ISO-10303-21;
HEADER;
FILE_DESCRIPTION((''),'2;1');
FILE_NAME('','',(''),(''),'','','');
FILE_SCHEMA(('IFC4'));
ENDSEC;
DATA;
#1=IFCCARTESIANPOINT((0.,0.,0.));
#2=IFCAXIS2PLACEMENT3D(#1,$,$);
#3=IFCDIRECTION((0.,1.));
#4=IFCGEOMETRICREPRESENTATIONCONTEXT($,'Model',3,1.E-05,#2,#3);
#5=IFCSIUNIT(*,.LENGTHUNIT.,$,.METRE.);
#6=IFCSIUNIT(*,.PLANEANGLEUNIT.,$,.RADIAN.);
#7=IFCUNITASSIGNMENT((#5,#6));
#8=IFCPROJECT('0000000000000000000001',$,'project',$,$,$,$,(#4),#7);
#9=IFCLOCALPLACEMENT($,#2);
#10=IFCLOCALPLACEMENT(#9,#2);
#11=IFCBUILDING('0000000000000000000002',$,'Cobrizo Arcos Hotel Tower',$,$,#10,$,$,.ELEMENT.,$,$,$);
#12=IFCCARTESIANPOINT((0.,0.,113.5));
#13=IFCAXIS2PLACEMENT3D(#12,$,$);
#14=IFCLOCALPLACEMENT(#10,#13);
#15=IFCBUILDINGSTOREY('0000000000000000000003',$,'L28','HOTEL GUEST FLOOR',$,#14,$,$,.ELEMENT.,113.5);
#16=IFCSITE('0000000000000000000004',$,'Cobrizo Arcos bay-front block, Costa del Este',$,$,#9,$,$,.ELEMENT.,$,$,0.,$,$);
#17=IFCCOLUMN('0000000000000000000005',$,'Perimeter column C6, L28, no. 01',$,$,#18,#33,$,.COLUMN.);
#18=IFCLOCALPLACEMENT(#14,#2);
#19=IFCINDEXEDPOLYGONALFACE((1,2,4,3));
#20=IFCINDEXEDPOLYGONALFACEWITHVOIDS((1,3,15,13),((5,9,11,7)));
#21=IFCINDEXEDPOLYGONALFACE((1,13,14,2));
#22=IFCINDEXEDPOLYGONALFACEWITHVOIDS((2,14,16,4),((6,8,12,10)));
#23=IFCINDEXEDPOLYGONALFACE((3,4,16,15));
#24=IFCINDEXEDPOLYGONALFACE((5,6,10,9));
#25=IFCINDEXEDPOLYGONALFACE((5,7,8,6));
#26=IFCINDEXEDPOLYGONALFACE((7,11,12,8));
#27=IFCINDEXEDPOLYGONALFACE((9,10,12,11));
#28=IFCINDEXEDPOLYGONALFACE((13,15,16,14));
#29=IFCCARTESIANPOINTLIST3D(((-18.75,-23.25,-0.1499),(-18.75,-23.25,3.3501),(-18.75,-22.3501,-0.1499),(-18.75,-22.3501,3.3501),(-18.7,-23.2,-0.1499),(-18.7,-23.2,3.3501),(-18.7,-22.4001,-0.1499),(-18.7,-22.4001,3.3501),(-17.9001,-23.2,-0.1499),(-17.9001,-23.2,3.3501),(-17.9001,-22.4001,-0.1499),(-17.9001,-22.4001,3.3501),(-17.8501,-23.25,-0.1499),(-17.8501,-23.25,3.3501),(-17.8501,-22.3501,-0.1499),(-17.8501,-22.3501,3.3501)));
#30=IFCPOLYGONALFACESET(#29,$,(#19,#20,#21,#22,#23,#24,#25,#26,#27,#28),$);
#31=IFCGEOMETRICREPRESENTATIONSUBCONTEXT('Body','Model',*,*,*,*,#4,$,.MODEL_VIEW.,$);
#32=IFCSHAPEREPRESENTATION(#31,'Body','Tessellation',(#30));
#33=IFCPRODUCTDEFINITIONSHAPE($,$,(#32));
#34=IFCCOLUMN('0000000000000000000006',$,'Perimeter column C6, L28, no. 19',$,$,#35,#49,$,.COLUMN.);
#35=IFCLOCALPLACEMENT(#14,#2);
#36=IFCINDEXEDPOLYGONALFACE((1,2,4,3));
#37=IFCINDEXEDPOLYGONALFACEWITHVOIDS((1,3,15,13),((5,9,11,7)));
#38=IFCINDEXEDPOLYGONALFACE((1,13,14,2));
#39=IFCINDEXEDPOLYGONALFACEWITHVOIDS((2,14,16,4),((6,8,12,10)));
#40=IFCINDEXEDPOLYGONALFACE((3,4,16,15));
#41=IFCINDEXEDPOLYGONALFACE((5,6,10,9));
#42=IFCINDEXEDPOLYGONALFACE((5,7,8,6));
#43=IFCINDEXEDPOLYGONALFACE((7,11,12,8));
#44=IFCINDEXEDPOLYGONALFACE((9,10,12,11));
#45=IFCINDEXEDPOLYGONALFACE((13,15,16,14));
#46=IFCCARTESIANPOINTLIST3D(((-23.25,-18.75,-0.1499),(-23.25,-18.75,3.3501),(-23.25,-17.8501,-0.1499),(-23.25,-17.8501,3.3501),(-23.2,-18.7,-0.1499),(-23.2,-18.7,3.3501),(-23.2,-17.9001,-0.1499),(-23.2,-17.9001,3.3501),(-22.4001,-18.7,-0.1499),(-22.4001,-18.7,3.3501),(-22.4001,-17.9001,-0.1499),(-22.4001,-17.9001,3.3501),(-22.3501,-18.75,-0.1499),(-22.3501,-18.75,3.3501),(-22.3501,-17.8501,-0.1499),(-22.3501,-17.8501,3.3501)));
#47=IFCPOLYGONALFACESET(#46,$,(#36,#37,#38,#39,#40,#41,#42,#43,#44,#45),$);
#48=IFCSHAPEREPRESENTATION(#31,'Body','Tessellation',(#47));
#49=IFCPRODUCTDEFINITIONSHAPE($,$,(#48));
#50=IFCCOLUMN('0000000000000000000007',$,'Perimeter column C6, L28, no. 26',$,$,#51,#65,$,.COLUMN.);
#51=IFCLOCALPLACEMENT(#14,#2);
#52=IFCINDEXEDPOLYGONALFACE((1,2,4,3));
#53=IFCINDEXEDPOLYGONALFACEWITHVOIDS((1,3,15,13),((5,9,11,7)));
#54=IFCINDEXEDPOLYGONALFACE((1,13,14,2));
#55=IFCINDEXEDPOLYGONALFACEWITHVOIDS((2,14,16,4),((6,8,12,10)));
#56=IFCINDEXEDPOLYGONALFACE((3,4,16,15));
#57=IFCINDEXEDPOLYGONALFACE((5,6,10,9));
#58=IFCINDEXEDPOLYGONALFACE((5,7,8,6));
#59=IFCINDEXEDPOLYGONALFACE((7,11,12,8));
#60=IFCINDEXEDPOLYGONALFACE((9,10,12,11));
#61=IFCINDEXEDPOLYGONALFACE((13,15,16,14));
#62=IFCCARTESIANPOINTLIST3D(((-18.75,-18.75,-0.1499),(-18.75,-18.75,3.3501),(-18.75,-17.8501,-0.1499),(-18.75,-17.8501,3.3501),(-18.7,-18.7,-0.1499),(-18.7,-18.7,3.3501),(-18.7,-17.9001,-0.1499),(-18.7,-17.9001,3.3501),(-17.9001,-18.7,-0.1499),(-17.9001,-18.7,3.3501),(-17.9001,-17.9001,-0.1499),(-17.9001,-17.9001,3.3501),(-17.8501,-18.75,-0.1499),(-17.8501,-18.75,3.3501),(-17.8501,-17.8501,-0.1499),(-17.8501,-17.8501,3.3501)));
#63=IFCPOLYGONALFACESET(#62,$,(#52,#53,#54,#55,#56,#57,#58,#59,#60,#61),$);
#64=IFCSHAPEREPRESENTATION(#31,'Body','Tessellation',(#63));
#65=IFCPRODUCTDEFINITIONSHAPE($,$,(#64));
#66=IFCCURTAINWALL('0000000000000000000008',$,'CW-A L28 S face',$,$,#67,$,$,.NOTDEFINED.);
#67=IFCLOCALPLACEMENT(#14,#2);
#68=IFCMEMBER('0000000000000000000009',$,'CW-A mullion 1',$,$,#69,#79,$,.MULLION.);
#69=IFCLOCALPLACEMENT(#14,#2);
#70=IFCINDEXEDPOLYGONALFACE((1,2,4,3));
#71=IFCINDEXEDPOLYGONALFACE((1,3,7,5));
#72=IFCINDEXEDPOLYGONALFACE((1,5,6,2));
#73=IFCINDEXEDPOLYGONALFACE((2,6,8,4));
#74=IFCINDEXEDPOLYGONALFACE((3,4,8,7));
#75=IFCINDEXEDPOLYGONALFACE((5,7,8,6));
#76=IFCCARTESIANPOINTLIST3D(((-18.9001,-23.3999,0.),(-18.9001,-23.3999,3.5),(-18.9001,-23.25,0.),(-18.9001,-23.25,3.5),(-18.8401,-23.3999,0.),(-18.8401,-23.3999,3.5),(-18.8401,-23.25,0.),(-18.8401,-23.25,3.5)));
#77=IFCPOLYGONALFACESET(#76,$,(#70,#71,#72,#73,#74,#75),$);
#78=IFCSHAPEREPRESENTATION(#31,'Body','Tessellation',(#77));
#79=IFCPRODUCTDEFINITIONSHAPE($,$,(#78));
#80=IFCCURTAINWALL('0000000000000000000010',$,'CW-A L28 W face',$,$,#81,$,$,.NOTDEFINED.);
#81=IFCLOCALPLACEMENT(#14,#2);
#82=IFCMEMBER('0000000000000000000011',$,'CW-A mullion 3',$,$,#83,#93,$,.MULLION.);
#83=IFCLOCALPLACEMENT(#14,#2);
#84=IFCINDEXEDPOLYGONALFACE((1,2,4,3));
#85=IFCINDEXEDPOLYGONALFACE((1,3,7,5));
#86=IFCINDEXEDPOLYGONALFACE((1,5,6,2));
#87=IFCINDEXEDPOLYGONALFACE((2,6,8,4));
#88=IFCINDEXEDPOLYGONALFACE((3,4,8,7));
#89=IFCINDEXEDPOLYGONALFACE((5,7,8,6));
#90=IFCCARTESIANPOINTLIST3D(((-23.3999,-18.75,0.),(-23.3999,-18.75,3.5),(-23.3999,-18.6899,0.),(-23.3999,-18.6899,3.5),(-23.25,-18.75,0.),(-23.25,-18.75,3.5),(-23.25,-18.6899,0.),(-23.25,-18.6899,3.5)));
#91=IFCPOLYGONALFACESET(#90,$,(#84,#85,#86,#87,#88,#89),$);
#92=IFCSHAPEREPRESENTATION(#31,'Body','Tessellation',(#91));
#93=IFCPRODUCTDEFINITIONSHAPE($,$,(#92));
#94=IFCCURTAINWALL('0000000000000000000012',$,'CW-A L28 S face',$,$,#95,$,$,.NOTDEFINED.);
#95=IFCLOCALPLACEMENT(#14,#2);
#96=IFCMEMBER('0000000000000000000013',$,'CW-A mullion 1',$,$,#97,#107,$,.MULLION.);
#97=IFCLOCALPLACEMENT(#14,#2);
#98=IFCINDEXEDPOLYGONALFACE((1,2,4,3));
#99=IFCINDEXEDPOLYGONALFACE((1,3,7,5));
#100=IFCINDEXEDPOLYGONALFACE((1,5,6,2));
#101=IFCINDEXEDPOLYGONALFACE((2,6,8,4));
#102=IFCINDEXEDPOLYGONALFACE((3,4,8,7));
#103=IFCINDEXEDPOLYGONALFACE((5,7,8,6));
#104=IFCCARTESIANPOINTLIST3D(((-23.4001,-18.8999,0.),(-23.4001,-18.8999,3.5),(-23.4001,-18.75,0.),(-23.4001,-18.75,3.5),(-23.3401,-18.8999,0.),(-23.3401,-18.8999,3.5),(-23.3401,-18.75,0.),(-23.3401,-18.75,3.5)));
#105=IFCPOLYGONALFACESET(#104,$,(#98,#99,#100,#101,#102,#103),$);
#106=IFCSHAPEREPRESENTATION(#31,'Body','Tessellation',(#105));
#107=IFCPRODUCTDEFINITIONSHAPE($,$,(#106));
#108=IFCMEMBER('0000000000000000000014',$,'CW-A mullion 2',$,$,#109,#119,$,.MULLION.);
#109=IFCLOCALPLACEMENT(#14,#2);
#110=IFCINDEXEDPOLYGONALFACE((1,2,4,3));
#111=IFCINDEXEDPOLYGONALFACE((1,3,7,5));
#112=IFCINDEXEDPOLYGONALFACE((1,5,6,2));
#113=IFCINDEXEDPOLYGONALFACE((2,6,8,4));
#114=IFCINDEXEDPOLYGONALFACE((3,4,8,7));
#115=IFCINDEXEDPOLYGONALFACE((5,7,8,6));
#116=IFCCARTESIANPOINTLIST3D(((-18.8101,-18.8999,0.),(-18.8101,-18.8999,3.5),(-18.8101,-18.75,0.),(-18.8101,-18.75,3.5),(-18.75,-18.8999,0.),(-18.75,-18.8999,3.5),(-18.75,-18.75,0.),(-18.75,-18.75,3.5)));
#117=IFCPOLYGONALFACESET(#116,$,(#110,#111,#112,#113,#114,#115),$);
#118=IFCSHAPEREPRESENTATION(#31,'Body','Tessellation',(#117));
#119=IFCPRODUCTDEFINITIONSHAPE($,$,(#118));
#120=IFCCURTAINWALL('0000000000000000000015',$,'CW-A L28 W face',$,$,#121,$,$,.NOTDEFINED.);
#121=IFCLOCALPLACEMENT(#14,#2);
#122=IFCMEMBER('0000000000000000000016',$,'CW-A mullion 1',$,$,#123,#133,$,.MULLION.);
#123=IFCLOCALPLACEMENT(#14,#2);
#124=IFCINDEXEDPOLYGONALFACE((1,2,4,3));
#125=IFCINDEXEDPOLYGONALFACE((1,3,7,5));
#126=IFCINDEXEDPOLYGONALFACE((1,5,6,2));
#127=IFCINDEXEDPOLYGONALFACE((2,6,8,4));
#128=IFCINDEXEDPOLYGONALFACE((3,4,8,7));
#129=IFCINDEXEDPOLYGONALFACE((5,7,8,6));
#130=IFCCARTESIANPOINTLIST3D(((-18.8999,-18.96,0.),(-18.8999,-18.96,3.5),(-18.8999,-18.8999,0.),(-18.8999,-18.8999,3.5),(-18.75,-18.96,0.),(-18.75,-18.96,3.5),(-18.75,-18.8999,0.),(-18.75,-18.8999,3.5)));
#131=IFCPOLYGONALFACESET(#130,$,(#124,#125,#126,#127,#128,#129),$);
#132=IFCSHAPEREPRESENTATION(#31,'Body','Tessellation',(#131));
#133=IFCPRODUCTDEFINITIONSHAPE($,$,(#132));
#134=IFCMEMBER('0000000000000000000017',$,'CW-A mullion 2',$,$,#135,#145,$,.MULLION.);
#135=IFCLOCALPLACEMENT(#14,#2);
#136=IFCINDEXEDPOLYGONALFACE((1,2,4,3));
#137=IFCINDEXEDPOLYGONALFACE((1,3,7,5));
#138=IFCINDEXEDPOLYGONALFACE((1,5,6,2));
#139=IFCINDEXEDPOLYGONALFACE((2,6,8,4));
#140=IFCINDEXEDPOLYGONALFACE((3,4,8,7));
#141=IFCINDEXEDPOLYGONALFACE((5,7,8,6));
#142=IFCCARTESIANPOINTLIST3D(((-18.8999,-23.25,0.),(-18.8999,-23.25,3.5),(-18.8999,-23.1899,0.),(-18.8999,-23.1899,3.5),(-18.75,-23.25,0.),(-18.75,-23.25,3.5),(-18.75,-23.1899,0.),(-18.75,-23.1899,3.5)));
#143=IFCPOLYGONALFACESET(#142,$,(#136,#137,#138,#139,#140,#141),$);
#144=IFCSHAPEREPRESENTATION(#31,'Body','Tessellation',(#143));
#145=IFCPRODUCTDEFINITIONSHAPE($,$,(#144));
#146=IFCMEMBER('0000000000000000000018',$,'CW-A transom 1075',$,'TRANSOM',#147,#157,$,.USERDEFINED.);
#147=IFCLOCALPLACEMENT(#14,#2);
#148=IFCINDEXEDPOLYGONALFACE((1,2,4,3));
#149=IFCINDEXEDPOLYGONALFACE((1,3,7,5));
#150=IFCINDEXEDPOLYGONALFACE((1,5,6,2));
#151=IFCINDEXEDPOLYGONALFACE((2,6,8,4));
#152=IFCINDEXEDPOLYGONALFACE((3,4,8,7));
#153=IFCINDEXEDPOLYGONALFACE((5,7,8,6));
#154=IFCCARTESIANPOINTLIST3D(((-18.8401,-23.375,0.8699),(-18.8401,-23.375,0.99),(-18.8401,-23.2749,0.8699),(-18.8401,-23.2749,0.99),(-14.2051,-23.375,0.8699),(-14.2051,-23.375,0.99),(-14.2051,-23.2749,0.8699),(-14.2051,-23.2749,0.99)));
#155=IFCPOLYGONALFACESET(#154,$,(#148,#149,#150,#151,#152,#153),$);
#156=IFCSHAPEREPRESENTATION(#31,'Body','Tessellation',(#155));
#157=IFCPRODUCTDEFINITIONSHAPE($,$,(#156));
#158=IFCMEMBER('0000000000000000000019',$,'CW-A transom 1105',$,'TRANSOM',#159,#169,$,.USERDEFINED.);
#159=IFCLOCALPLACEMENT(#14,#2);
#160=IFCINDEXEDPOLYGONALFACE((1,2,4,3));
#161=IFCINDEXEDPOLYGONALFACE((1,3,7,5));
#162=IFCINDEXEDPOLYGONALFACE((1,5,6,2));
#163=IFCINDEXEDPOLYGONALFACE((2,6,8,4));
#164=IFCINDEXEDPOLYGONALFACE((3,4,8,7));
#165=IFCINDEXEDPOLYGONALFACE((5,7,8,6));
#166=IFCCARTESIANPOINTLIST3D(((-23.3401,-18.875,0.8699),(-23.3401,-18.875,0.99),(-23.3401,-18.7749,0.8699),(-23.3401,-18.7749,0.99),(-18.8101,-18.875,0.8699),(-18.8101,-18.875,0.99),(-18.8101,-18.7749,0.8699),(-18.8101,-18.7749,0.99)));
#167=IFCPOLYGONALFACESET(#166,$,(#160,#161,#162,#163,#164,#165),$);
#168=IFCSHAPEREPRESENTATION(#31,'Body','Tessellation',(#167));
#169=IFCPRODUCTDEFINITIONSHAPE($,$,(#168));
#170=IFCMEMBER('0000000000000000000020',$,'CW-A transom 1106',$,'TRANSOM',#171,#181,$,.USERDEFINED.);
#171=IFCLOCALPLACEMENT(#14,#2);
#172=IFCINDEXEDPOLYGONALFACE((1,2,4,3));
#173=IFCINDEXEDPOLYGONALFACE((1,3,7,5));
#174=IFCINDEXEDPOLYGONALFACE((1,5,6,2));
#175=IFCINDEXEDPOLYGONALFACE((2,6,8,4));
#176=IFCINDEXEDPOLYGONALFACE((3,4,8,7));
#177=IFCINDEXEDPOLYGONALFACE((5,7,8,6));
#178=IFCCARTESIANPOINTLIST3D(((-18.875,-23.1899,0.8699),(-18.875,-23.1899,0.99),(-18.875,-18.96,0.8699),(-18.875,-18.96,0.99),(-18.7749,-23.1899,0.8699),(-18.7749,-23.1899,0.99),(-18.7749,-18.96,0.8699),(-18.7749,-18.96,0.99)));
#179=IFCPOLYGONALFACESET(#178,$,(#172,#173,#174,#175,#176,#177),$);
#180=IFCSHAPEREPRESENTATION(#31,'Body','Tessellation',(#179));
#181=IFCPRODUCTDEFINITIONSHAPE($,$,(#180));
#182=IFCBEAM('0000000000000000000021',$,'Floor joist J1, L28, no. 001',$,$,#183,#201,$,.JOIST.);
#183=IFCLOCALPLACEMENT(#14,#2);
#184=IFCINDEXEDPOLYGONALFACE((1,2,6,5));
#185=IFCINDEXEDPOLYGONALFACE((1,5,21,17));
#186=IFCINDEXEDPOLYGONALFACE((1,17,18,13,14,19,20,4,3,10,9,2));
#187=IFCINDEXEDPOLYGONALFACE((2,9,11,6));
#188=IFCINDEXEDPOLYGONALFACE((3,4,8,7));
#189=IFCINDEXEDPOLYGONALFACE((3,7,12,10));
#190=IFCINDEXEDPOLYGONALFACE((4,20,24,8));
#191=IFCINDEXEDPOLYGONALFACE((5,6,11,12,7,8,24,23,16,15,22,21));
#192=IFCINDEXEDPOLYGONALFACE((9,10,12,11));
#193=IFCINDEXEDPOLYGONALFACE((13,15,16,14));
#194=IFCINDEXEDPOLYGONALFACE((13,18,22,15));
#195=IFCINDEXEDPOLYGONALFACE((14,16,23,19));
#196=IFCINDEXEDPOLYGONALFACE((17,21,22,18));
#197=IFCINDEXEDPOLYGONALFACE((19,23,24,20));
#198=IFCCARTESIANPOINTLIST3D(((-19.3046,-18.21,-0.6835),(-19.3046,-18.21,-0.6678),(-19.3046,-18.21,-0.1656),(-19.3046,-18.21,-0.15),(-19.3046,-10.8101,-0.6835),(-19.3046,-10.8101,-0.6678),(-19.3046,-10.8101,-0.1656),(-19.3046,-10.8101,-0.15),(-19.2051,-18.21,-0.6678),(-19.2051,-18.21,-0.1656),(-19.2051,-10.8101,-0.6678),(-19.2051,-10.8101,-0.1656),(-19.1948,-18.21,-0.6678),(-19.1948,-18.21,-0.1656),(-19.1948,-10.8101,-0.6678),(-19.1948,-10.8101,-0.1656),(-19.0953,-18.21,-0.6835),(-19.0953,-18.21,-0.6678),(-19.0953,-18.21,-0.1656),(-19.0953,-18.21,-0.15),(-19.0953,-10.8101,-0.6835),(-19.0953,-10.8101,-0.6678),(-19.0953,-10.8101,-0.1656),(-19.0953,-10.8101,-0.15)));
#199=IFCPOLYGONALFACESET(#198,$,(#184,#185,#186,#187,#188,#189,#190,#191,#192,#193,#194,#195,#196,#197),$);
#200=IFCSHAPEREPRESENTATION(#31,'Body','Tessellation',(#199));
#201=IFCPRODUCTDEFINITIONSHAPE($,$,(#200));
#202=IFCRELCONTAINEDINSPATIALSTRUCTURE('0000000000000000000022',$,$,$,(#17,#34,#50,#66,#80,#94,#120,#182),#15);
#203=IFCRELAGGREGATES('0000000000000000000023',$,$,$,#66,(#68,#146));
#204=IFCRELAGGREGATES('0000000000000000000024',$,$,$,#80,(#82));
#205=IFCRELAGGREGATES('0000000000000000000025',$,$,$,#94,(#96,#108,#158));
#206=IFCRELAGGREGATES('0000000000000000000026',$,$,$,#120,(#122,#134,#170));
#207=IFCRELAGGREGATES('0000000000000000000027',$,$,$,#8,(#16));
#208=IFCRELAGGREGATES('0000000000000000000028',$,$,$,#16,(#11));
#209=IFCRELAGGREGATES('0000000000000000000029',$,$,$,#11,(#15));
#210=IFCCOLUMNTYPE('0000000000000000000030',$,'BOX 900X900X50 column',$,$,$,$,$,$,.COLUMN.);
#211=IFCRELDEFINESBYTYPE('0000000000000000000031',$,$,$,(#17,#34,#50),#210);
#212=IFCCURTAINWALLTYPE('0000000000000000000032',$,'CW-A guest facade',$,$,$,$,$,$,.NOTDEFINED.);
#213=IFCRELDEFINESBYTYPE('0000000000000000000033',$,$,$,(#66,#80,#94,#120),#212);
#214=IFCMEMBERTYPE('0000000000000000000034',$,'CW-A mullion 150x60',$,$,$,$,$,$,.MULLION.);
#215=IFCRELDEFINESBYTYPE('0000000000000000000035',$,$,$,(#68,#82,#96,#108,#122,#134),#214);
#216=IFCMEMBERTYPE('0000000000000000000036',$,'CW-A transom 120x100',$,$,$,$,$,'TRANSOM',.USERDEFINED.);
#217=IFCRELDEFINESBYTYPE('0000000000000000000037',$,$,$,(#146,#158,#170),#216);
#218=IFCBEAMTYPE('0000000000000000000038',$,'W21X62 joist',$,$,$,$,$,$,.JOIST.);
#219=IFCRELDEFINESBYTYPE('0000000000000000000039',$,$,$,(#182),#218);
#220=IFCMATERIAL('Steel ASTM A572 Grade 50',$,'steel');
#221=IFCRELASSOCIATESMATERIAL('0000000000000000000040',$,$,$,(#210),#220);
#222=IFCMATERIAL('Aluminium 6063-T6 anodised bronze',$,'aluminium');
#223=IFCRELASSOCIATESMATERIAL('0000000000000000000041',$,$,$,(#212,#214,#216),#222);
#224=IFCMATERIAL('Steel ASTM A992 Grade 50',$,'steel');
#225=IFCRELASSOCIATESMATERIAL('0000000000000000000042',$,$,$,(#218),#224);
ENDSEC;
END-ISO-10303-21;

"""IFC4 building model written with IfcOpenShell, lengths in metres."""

from ifc_helpers import new_model, si_unit, direction, frame, origin, origin_2d, place, context, subcontext, project, spatial, rectangle, hollow_rectangle, i_section, extrude, material, material_profile, profile_set, type_object, element, aggregate, save


model = new_model("IFC4")

# Units and contexts
model_context = context("Model", 3, precision=1e-05, world=origin(), true_north=direction((0.0, 1.0)))
body_context = subcontext(model_context, "Body", "Model", "MODEL_VIEW")
ifc_project = project(units=[si_unit("LENGTHUNIT", "METRE"), si_unit("PLANEANGLEUNIT", "RADIAN")], contexts=[model_context])

# Site, building, storey
site_placement = place(None, origin())
site = spatial("IfcSite", under=ifc_project, at=site_placement, Name="Cobrizo Arcos bay-front block, Costa del Este", CompositionType="ELEMENT", RefElevation=0.0)
building_placement = place(site_placement, origin())
building = spatial("IfcBuilding", under=site, at=building_placement, Name="Cobrizo Arcos Hotel Tower", CompositionType="ELEMENT")
storey_placement = place(building_placement, frame((0.0, 0.0, 113.5)))
storey = spatial("IfcBuildingStorey", under=building, at=storey_placement, Name="L28", Description="HOTEL GUEST FLOOR", CompositionType="ELEMENT", Elevation=113.5)

# Columns
ifc_material_1 = material(Name="Steel ASTM A572 Grade 50", Category="steel")
ifc_material_profile_1 = material_profile(ifc_material_1, hollow_rectangle(XDim=0.8999, YDim=0.8999, WallThickness=0.05, at=origin_2d()), Name="BOX 900X900X50")
ifc_profile_set_1 = profile_set([ifc_material_profile_1], Name="Steel ASTM A572 Grade 50")
column_type = type_object("IfcColumnType", Name="BOX 900X900X50 column", PredefinedType="COLUMN", material=ifc_profile_set_1)
for number, where, z_axis, x_axis, name in (
    (1, (-18.3, -22.8, -0.1499), (0.0, 0.0, 1.0), (1.0, 0.0, 0.0), "Perimeter column C6, L28, no. 01"),
    (2, (-22.8, -18.3, -0.1499), (0.0, 0.0, 1.0), (1.0, 0.0, 0.0), "Perimeter column C6, L28, no. 19"),
    (3, (-18.3, -18.3, -0.1499), (0.0, 0.0, 1.0), (1.0, 0.0, 0.0), "Perimeter column C6, L28, no. 26"),
):
    element("IfcColumn", number, at=place(storey_placement, frame(where, z_axis=z_axis, x_axis=x_axis)), inside=storey, type_object=column_type, Name=name, PredefinedType="COLUMN", context=body_context, shape_type="SweptSolid", body=[
        extrude(hollow_rectangle(XDim=0.8999, YDim=0.8999, WallThickness=0.05, at=origin_2d()), origin(), (0.0, 0.0, 1.0), 3.5),
    ])

# Curtain walls, members
ifc_material_2 = material(Name="Aluminium 6063-T6 anodised bronze", Category="aluminium")
curtain_wall_type = type_object("IfcCurtainWallType", Name="CW-A guest facade", PredefinedType="NOTDEFINED", material=ifc_material_2)
curtain_wall_1_placement = place(storey_placement, origin())
curtain_wall_1 = element("IfcCurtainWall", 4, at=curtain_wall_1_placement, inside=storey, type_object=curtain_wall_type, Name="CW-A L28 S face", PredefinedType="NOTDEFINED")
ifc_material_profile_2 = material_profile(ifc_material_2, rectangle(XDim=0.1499, YDim=0.0601, at=origin_2d()), Name="CW-A mullion 150x60")
ifc_profile_set_2 = profile_set([ifc_material_profile_2], Name="Aluminium 6063-T6 anodised bronze")
member_type_1 = type_object("IfcMemberType", Name="CW-A mullion 150x60", PredefinedType="MULLION", material=ifc_profile_set_2)
member_1_placement = place(storey_placement, frame((-18.8701, -23.325, 0.0), z_axis=(0.0, 0.0, 1.0), x_axis=(0.0, -1.0, 0.0)))
member_1 = element("IfcMember", 5, at=member_1_placement, type_object=member_type_1, Name="CW-A mullion 1", PredefinedType="MULLION", context=body_context, shape_type="SweptSolid", body=[
    extrude(rectangle(XDim=0.1499, YDim=0.0601, at=origin_2d()), origin(), (0.0, 0.0, 1.0), 3.5),
])
curtain_wall_2_placement = place(storey_placement, origin())
curtain_wall_2 = element("IfcCurtainWall", 6, at=curtain_wall_2_placement, inside=storey, type_object=curtain_wall_type, Name="CW-A L28 W face", PredefinedType="NOTDEFINED")
member_2_placement = place(storey_placement, frame((-23.325, -18.72, 0.0), z_axis=(0.0, 0.0, 1.0), x_axis=(-1.0, 0.0, 0.0)))
member_2 = element("IfcMember", 7, at=member_2_placement, type_object=member_type_1, Name="CW-A mullion 3", PredefinedType="MULLION", context=body_context, shape_type="SweptSolid", body=[
    extrude(rectangle(XDim=0.1499, YDim=0.0601, at=origin_2d()), origin(), (0.0, 0.0, 1.0), 3.5),
])

# Curtain walls, members
curtain_wall_3_placement = place(storey_placement, origin())
curtain_wall_3 = element("IfcCurtainWall", 8, at=curtain_wall_3_placement, inside=storey, type_object=curtain_wall_type, Name="CW-A L28 S face", PredefinedType="NOTDEFINED")
member_3_placement = place(storey_placement, frame((-23.3701, -18.825, 0.0), z_axis=(0.0, 0.0, 1.0), x_axis=(0.0, -1.0, 0.0)))
member_3 = element("IfcMember", 9, at=member_3_placement, type_object=member_type_1, Name="CW-A mullion 1", PredefinedType="MULLION", context=body_context, shape_type="SweptSolid", body=[
    extrude(rectangle(XDim=0.1499, YDim=0.0601, at=origin_2d()), origin(), (0.0, 0.0, 1.0), 3.5),
])
member_4_placement = place(storey_placement, frame((-18.78, -18.825, 0.0), z_axis=(0.0, 0.0, 1.0), x_axis=(0.0, -1.0, 0.0)))
member_4 = element("IfcMember", 10, at=member_4_placement, type_object=member_type_1, Name="CW-A mullion 2", PredefinedType="MULLION", context=body_context, shape_type="SweptSolid", body=[
    extrude(rectangle(XDim=0.1499, YDim=0.0601, at=origin_2d()), origin(), (0.0, 0.0, 1.0), 3.5),
])
curtain_wall_4_placement = place(storey_placement, origin())
curtain_wall_4 = element("IfcCurtainWall", 11, at=curtain_wall_4_placement, inside=storey, type_object=curtain_wall_type, Name="CW-A L28 W face", PredefinedType="NOTDEFINED")
member_5_placement = place(storey_placement, frame((-18.825, -18.9299, 0.0), z_axis=(0.0, 0.0, 1.0), x_axis=(-1.0, 0.0, 0.0)))
member_5 = element("IfcMember", 12, at=member_5_placement, type_object=member_type_1, Name="CW-A mullion 1", PredefinedType="MULLION", context=body_context, shape_type="SweptSolid", body=[
    extrude(rectangle(XDim=0.1499, YDim=0.0601, at=origin_2d()), origin(), (0.0, 0.0, 1.0), 3.5),
])
member_6_placement = place(storey_placement, frame((-18.825, -23.22, 0.0), z_axis=(0.0, 0.0, 1.0), x_axis=(-1.0, 0.0, 0.0)))
member_6 = element("IfcMember", 13, at=member_6_placement, type_object=member_type_1, Name="CW-A mullion 2", PredefinedType="MULLION", context=body_context, shape_type="SweptSolid", body=[
    extrude(rectangle(XDim=0.1499, YDim=0.0601, at=origin_2d()), origin(), (0.0, 0.0, 1.0), 3.5),
])

# Members
ifc_material_profile_3 = material_profile(ifc_material_2, rectangle(XDim=0.1001, YDim=0.1201, at=origin_2d()), Name="CW-A transom 120x100")
ifc_profile_set_3 = profile_set([ifc_material_profile_3], Name="Aluminium 6063-T6 anodised bronze")
member_type_2 = type_object("IfcMemberType", Name="CW-A transom 120x100", ElementType="TRANSOM", PredefinedType="USERDEFINED", material=ifc_profile_set_3)
member_7_placement = place(storey_placement, frame((-18.8401, -23.325, 0.9299), z_axis=(1.0, 0.0, 0.0), x_axis=(0.0, 1.0, 0.0)))
member_7 = element("IfcMember", 14, at=member_7_placement, type_object=member_type_2, Name="CW-A transom 1075", ObjectType="TRANSOM", PredefinedType="USERDEFINED", context=body_context, shape_type="SweptSolid", body=[
    extrude(rectangle(XDim=0.1001, YDim=0.1201, at=origin_2d()), origin(), (0.0, 0.0, 1.0), 4.635),
])
aggregate(curtain_wall_1, [member_1, member_7])
member_8_placement = place(storey_placement, frame((-23.3401, -18.825, 0.9299), z_axis=(1.0, 0.0, 0.0), x_axis=(0.0, 1.0, 0.0)))
member_8 = element("IfcMember", 15, at=member_8_placement, type_object=member_type_2, Name="CW-A transom 1105", ObjectType="TRANSOM", PredefinedType="USERDEFINED", context=body_context, shape_type="SweptSolid", body=[
    extrude(rectangle(XDim=0.1001, YDim=0.1201, at=origin_2d()), origin(), (0.0, 0.0, 1.0), 4.53),
])
member_9_placement = place(storey_placement, frame((-18.825, -18.96, 0.9299), z_axis=(0.0, -1.0, 0.0), x_axis=(1.0, 0.0, 0.0)))
member_9 = element("IfcMember", 16, at=member_9_placement, type_object=member_type_2, Name="CW-A transom 1106", ObjectType="TRANSOM", PredefinedType="USERDEFINED", context=body_context, shape_type="SweptSolid", body=[
    extrude(rectangle(XDim=0.1001, YDim=0.1201, at=origin_2d()), origin(), (0.0, 0.0, 1.0), 4.23),
])

# Beam
ifc_material_3 = material(Name="Steel ASTM A992 Grade 50", Category="steel")
ifc_material_profile_4 = material_profile(ifc_material_3, i_section(OverallWidth=0.2092, OverallDepth=0.5334, WebThickness=0.0103, FlangeThickness=0.0156, at=origin_2d()), Name="W21X62")
ifc_profile_set_4 = profile_set([ifc_material_profile_4], Name="Steel ASTM A992 Grade 50")
beam_type_1 = type_object("IfcBeamType", Name="W21X62 joist", PredefinedType="JOIST", material=ifc_profile_set_4)
beam_placement = place(storey_placement, frame((-19.2, -18.21, -0.4167), z_axis=(0.0, 1.0, 0.0), x_axis=(-1.0, 0.0, 0.0)))
element("IfcBeam", 17, at=beam_placement, inside=storey, type_object=beam_type_1, Name="Floor joist J1, L28, no. 001", PredefinedType="JOIST", context=body_context, shape_type="SweptSolid", body=[
    extrude(i_section(OverallWidth=0.2092, OverallDepth=0.5334, WebThickness=0.0103, FlangeThickness=0.0156, at=origin_2d()), origin(), (0.0, 0.0, 1.0), 7.3999),
])

aggregate(curtain_wall_2, [member_2])
aggregate(curtain_wall_3, [member_3, member_4, member_8])
aggregate(curtain_wall_4, [member_5, member_6, member_9])

save(model, "model.ifc")
